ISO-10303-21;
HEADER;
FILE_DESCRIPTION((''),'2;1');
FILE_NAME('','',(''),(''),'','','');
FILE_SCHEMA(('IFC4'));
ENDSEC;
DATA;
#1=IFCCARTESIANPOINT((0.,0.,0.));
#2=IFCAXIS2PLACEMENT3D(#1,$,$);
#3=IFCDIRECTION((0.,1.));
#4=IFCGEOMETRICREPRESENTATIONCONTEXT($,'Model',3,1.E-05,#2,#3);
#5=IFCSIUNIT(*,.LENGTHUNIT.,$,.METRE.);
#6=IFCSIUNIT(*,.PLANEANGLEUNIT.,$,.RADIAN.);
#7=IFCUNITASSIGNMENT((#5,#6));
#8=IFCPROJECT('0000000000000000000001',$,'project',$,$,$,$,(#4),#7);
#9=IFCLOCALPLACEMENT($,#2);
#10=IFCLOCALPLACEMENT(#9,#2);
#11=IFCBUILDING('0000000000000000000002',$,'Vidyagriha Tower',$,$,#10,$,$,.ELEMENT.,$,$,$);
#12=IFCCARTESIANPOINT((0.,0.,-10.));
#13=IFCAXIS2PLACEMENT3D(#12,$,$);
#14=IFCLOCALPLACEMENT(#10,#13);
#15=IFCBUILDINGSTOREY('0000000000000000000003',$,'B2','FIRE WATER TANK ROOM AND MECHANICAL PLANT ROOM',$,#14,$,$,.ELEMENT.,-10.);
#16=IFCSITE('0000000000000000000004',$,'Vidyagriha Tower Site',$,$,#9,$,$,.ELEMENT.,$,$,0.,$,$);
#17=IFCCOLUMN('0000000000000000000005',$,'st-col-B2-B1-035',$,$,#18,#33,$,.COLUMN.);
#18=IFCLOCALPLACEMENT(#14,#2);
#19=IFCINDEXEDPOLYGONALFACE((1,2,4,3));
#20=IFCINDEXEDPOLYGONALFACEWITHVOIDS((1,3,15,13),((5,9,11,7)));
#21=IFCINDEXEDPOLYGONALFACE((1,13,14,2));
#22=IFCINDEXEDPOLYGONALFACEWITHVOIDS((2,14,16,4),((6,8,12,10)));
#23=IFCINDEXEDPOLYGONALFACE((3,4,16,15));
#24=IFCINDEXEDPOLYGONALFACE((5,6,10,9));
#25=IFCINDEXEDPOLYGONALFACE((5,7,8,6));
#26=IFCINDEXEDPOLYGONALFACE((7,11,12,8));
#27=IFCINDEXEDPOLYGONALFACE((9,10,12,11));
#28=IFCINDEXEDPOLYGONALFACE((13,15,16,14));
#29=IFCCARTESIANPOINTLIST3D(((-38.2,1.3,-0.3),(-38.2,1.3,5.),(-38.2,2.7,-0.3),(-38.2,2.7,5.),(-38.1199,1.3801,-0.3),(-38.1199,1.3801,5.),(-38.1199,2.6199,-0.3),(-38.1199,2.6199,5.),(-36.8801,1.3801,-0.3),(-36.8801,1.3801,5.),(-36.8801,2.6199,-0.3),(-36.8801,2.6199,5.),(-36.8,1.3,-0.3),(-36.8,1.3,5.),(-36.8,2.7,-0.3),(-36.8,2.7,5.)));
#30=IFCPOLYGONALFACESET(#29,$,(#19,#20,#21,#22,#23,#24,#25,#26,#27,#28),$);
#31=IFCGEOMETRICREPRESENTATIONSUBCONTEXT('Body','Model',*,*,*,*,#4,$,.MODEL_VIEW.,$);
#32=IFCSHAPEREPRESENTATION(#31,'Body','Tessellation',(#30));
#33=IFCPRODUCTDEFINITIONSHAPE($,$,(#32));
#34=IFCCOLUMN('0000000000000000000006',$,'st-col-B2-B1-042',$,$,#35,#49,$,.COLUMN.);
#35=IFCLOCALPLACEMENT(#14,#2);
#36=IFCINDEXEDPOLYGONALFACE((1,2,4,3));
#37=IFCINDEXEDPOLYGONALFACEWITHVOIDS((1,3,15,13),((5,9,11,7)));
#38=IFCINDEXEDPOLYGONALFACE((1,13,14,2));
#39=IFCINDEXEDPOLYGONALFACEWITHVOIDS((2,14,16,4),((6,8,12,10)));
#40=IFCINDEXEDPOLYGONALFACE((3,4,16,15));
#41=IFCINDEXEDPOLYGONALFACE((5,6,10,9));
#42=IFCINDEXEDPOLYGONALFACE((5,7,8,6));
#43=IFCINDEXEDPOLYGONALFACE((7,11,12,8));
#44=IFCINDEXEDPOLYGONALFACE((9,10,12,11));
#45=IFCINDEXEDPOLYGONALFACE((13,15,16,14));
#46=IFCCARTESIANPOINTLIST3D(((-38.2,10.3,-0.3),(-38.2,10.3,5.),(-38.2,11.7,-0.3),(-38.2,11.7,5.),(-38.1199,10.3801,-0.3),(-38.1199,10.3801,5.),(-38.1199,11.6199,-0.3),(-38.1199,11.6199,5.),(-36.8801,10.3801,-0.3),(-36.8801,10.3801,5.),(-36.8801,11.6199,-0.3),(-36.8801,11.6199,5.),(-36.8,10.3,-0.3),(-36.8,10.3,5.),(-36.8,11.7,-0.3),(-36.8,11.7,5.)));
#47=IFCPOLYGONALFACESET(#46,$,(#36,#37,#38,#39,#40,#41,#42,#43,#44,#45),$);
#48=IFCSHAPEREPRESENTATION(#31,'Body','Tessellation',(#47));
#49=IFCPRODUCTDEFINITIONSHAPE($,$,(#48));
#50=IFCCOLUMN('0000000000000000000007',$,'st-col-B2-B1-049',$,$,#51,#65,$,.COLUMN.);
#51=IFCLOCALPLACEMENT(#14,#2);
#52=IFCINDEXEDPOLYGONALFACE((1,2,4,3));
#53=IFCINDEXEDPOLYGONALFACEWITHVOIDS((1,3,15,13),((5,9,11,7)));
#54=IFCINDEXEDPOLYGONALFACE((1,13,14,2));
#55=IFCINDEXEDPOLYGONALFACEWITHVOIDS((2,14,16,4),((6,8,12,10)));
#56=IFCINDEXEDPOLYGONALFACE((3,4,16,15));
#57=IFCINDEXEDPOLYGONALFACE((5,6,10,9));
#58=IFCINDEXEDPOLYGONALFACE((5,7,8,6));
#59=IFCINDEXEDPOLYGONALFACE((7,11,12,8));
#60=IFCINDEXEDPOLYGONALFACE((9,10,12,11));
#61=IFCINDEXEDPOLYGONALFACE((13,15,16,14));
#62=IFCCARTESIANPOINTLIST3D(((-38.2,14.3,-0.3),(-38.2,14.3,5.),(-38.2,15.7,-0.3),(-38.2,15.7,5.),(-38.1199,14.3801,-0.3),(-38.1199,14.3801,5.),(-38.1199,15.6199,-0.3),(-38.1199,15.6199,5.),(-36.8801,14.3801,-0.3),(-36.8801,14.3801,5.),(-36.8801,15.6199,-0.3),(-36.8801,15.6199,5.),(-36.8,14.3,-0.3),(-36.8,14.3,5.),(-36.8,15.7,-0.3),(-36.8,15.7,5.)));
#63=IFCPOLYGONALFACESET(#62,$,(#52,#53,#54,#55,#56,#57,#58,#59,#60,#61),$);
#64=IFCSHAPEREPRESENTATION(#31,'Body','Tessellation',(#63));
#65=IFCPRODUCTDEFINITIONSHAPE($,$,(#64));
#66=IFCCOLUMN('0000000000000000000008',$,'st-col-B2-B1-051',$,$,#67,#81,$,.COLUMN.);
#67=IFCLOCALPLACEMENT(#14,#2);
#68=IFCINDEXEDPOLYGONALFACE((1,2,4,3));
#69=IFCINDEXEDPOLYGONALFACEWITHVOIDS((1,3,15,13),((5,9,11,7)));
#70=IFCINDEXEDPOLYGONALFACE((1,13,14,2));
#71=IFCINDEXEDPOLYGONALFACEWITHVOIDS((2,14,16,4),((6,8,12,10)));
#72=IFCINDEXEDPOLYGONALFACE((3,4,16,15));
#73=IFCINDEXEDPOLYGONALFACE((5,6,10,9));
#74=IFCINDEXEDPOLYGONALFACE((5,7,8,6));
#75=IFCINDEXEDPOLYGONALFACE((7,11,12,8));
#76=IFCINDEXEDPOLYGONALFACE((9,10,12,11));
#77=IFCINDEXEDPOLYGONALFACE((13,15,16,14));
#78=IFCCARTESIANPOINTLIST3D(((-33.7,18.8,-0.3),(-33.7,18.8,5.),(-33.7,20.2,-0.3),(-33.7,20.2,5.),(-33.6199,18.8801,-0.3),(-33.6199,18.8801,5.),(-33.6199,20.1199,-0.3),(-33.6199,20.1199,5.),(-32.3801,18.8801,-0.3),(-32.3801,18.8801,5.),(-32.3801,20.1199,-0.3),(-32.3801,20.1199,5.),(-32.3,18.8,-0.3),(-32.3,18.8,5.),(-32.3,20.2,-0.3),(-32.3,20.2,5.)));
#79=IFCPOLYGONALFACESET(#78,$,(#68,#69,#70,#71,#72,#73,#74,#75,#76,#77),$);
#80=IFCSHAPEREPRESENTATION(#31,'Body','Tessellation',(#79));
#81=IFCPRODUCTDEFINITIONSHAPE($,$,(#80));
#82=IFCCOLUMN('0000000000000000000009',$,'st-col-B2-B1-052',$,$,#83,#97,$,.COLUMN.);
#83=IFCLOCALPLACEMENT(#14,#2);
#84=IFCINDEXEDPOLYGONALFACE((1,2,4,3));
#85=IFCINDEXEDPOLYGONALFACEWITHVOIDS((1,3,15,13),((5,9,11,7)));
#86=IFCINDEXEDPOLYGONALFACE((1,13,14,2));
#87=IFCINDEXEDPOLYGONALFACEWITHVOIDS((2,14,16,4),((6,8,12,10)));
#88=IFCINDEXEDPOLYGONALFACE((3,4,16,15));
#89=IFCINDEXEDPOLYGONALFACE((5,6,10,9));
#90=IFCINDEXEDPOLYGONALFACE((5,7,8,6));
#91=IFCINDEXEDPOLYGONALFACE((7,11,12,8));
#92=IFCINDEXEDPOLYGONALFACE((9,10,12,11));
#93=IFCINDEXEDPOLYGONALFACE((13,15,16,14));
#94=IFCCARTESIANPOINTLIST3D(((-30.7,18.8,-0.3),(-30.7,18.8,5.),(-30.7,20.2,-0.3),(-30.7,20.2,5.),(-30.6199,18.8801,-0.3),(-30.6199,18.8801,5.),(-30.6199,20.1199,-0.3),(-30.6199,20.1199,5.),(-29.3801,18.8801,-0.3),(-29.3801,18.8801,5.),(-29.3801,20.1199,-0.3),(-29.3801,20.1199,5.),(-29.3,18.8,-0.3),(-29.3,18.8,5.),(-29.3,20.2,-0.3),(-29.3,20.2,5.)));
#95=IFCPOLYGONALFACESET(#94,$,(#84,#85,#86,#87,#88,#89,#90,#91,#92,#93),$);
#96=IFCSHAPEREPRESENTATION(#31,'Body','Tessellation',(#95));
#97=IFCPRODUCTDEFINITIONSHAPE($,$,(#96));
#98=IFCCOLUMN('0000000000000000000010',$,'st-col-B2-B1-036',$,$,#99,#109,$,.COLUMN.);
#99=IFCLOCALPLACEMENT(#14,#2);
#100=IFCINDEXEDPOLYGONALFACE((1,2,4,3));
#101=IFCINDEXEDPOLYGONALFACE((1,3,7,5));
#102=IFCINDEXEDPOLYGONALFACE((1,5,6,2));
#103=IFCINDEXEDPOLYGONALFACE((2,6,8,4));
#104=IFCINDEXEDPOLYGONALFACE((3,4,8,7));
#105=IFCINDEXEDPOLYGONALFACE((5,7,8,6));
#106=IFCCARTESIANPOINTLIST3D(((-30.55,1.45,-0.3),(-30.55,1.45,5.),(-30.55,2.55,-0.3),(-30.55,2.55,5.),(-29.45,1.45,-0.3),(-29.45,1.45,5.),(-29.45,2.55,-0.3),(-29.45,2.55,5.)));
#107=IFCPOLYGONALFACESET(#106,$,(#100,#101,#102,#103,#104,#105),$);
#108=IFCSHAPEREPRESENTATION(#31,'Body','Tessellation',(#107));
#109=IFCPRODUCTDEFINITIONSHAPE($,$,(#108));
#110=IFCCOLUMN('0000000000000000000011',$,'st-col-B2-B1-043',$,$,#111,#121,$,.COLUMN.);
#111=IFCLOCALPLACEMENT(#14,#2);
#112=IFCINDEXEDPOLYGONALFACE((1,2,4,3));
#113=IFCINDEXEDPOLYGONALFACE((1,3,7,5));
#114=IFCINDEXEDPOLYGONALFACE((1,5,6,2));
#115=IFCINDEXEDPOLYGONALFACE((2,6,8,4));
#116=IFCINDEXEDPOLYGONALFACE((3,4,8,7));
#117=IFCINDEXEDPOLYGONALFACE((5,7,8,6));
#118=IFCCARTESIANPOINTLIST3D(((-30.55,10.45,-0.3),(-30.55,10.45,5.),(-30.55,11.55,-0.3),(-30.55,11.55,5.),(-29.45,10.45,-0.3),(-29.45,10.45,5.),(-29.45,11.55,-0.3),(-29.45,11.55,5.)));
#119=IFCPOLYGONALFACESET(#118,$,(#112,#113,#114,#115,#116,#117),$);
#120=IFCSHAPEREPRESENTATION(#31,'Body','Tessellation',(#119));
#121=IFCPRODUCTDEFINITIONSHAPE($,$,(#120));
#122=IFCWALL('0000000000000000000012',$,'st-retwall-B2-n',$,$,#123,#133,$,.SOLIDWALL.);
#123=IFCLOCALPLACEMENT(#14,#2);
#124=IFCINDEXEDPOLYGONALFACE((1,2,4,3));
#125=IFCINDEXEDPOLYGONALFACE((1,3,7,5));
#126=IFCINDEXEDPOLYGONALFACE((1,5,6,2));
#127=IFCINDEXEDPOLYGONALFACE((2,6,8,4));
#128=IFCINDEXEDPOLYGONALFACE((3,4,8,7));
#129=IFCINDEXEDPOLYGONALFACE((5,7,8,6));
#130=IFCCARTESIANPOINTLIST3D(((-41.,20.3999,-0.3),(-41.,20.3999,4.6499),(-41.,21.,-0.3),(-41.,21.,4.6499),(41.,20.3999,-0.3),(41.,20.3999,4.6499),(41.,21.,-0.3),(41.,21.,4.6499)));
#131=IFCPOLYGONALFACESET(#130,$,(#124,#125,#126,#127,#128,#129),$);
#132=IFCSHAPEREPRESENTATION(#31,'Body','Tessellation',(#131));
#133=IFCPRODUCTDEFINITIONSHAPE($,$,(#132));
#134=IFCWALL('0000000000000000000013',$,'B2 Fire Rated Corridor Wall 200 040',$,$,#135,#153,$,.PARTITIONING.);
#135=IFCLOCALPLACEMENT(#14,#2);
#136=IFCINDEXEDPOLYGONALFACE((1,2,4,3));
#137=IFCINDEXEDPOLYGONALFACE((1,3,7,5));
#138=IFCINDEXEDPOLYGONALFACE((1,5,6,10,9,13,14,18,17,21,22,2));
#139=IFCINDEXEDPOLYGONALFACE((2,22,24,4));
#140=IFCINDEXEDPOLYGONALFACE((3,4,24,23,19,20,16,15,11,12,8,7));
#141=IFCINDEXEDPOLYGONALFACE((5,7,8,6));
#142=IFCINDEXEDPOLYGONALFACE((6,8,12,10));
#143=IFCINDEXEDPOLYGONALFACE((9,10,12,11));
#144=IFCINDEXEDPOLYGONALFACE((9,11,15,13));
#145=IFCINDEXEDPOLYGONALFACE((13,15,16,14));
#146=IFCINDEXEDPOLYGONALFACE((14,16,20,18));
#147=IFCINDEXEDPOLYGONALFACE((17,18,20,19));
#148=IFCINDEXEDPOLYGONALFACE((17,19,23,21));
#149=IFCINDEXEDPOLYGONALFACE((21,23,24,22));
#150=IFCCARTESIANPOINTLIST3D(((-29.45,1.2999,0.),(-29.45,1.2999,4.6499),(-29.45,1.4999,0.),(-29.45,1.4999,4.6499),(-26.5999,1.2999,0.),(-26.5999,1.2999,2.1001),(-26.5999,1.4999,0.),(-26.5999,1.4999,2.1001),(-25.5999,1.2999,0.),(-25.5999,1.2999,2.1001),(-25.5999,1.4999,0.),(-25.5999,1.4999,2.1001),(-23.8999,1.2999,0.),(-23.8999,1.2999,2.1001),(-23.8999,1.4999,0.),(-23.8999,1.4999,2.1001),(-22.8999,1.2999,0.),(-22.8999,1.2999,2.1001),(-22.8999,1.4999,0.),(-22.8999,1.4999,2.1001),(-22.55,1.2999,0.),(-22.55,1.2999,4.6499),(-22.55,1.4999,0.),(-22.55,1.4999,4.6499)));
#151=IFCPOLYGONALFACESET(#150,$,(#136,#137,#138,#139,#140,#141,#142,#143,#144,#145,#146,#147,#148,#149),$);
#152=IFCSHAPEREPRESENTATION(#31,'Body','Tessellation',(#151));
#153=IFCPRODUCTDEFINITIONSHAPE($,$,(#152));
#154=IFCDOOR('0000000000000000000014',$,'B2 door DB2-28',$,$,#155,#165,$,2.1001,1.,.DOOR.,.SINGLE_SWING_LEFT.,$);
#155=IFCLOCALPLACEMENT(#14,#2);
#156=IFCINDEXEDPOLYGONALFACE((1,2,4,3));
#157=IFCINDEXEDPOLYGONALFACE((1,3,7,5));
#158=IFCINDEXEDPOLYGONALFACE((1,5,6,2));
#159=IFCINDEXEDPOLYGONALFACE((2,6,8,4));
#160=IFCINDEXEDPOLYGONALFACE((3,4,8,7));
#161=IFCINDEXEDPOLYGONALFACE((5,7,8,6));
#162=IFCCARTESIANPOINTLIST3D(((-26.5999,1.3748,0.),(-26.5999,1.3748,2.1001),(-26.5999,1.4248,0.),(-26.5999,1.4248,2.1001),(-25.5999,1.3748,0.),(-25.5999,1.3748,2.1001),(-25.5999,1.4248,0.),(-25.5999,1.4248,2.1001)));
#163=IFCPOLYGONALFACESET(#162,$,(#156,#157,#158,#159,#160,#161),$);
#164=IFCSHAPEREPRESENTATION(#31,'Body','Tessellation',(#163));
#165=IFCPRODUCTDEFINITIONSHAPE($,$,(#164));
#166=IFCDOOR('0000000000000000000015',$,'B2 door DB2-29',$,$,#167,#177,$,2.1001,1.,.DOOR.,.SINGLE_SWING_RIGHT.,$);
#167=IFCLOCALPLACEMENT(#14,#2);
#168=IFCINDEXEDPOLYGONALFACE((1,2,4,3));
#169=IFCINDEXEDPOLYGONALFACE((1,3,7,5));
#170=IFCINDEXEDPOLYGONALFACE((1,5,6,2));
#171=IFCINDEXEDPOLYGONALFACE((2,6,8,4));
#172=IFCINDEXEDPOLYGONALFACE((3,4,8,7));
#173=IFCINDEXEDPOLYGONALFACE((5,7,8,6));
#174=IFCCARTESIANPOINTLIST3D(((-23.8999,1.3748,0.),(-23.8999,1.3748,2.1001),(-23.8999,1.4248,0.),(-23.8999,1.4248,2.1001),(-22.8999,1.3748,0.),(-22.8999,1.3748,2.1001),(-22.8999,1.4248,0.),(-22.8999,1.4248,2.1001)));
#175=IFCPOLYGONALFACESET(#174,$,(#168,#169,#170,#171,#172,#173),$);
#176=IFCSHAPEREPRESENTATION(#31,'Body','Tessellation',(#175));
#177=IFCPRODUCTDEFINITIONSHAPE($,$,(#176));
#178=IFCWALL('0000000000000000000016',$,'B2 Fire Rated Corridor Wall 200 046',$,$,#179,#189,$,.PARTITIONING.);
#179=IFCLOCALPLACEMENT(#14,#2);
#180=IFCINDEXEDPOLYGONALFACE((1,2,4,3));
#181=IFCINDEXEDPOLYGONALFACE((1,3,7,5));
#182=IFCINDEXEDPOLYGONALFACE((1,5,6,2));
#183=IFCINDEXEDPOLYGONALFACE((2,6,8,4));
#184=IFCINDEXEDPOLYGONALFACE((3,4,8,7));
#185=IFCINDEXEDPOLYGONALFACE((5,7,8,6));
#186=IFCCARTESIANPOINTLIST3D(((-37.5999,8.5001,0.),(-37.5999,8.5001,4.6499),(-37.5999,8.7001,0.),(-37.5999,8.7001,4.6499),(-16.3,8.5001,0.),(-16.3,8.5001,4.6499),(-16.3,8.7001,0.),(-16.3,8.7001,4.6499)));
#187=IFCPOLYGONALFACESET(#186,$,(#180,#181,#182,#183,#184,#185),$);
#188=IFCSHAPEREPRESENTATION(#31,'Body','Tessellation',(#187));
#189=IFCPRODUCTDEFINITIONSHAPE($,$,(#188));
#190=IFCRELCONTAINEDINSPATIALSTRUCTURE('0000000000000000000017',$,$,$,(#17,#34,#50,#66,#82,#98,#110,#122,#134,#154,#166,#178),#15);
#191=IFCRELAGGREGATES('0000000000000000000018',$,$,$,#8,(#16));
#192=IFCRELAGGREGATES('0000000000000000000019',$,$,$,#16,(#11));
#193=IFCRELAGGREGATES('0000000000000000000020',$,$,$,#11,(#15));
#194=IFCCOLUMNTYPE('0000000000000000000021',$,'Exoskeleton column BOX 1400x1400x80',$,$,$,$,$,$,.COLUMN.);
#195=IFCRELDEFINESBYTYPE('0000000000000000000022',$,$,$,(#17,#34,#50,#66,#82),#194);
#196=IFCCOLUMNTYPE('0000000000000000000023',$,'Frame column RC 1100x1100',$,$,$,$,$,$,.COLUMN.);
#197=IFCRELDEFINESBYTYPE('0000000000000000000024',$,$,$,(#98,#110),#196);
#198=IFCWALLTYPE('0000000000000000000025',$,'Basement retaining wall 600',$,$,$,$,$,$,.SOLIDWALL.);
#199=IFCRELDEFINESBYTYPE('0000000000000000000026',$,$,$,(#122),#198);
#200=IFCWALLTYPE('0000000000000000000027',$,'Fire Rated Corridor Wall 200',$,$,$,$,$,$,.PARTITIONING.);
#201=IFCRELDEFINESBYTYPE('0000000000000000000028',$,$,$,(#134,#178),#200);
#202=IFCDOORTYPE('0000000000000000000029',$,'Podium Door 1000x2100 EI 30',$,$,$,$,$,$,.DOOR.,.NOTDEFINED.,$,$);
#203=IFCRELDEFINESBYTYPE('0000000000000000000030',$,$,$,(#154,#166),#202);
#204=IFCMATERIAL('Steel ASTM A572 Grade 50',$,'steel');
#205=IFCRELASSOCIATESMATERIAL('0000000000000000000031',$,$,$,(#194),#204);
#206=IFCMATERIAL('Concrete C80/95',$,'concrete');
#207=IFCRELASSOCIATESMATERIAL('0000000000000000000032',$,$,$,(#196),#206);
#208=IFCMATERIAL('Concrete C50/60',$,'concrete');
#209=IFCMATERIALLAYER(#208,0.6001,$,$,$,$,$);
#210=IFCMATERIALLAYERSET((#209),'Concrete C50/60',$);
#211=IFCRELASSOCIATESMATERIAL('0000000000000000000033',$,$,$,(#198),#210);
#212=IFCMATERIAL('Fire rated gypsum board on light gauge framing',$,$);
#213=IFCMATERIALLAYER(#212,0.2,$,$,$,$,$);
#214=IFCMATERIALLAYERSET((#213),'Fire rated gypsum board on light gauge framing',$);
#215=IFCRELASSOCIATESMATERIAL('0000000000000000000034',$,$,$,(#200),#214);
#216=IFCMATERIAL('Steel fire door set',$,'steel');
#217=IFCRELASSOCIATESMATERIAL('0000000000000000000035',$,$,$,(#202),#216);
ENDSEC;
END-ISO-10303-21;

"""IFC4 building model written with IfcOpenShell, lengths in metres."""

from ifc_helpers import new_model, si_unit, direction, frame, frame_2d, origin, origin_2d, place, context, subcontext, project, spatial, rectangle, hollow_rectangle, extrude, material, layer, layer_set, material_profile, profile_set, type_object, element, fill, save


model = new_model("IFC4")

# Units and contexts
model_context = context("Model", 3, precision=1e-05, world=origin(), true_north=direction((0.0, 1.0)))
body_context = subcontext(model_context, "Body", "Model", "MODEL_VIEW")
ifc_project = project(units=[si_unit("LENGTHUNIT", "METRE"), si_unit("PLANEANGLEUNIT", "RADIAN")], contexts=[model_context])

# Site, building, storey
site_placement = place(None, origin())
site = spatial("IfcSite", under=ifc_project, at=site_placement, Name="Vidyagriha Tower Site", CompositionType="ELEMENT", RefElevation=0.0)
building_placement = place(site_placement, origin())
building = spatial("IfcBuilding", under=site, at=building_placement, Name="Vidyagriha Tower", CompositionType="ELEMENT")
storey_placement = place(building_placement, frame((0.0, 0.0, -10.0)))
storey = spatial("IfcBuildingStorey", under=building, at=storey_placement, Name="B2", Description="FIRE WATER TANK ROOM AND MECHANICAL PLANT ROOM", CompositionType="ELEMENT", Elevation=-10.0)

# Columns
ifc_material_1 = material(Name="Steel ASTM A572 Grade 50", Category="steel")
ifc_material_profile_1 = material_profile(ifc_material_1, hollow_rectangle(XDim=1.3999, YDim=1.3999, WallThickness=0.0801, at=origin_2d()), Name="BOX 1400x1400x80")
ifc_profile_set_1 = profile_set([ifc_material_profile_1], Name="Steel ASTM A572 Grade 50")
column_type_1 = type_object("IfcColumnType", Name="Exoskeleton column BOX 1400x1400x80", PredefinedType="COLUMN", material=ifc_profile_set_1)
for number, where, name in (
    (1, (-37.5, 2.0, -0.3), "st-col-B2-B1-035"),
    (2, (-37.5, 11.0, -0.3), "st-col-B2-B1-042"),
    (3, (-37.5, 15.0, -0.3), "st-col-B2-B1-049"),
    (4, (-33.0, 19.5, -0.3), "st-col-B2-B1-051"),
    (5, (-30.0, 19.5, -0.3), "st-col-B2-B1-052"),
):
    element("IfcColumn", number, at=place(storey_placement, frame(where)), inside=storey, type_object=column_type_1, Name=name, PredefinedType="COLUMN", context=body_context, shape_type="SweptSolid", body=[
        extrude(hollow_rectangle(XDim=1.3999, YDim=1.3999, WallThickness=0.0801, at=origin_2d()), origin(), (0.0, 0.0, 1.0), 5.3),
    ])
ifc_material_2 = material(Name="Concrete C80/95", Category="concrete")
ifc_material_profile_2 = material_profile(ifc_material_2, rectangle(XDim=1.1001, YDim=1.1001, at=origin_2d()), Name="RC 1100x1100")
ifc_profile_set_2 = profile_set([ifc_material_profile_2], Name="Concrete C80/95")
column_type_2 = type_object("IfcColumnType", Name="Frame column RC 1100x1100", PredefinedType="COLUMN", material=ifc_profile_set_2)
for number, where, name in (
    (6, (-30.0, 2.0, -0.3), "st-col-B2-B1-036"),
    (7, (-30.0, 11.0, -0.3), "st-col-B2-B1-043"),
):
    element("IfcColumn", number, at=place(storey_placement, frame(where)), inside=storey, type_object=column_type_2, Name=name, PredefinedType="COLUMN", context=body_context, shape_type="SweptSolid", body=[
        extrude(rectangle(XDim=1.1001, YDim=1.1001, at=origin_2d()), origin(), (0.0, 0.0, 1.0), 5.3),
    ])

# Wall
ifc_material_3 = material(Name="Concrete C50/60", Category="concrete")
ifc_layer_1 = layer(ifc_material_3, 0.6001)
ifc_layer_set_1 = layer_set([ifc_layer_1], Name="Concrete C50/60")
wall_type_1 = type_object("IfcWallType", Name="Basement retaining wall 600", PredefinedType="SOLIDWALL", material=ifc_layer_set_1)
wall_1_placement = place(storey_placement, frame((-41.0, 20.7, -0.3)))
element("IfcWall", 8, at=wall_1_placement, inside=storey, type_object=wall_type_1, Name="st-retwall-B2-n", PredefinedType="SOLIDWALL", context=body_context, shape_type="SweptSolid", body=[
    extrude(rectangle(XDim=82.0, YDim=0.6001, at=frame_2d((41.0, 0.0))), origin(), (0.0, 0.0, 1.0), 4.95),
])

# Wall, openings, doors
ifc_material_4 = material(Name="Fire rated gypsum board on light gauge framing")
ifc_layer_2 = layer(ifc_material_4, 0.2)
ifc_layer_set_2 = layer_set([ifc_layer_2], Name="Fire rated gypsum board on light gauge framing")
wall_type_2 = type_object("IfcWallType", Name="Fire Rated Corridor Wall 200", PredefinedType="PARTITIONING", material=ifc_layer_set_2)
wall_2_placement = place(storey_placement, frame((-29.45, 1.3999, 0.0)))
wall_2 = element("IfcWall", 9, at=wall_2_placement, inside=storey, type_object=wall_type_2, Name="B2 Fire Rated Corridor Wall 200 040", PredefinedType="PARTITIONING", context=body_context, shape_type="SweptSolid", body=[
    extrude(rectangle(XDim=6.8999, YDim=0.2, at=frame_2d((3.45, 0.0))), origin(), (0.0, 0.0, 1.0), 4.6499),
])
opening_1_placement = place(wall_2_placement, frame((2.8501, 0.0, 0.0)))
opening_1 = element("IfcOpeningElement", 10, at=opening_1_placement, cuts=wall_2, PredefinedType="OPENING", context=body_context, shape_type="SweptSolid", body=[
    extrude(rectangle(XDim=1.0, YDim=2.1001, at=frame_2d((0.5, 1.05))), frame((0.0, 0.1099, 0.0), z_axis=(0.0, -1.0, 0.0), x_axis=(1.0, 0.0, 0.0)), (0.0, 0.0, 1.0), 0.22),
])
opening_2_placement = place(wall_2_placement, frame((5.55, 0.0, 0.0)))
opening_2 = element("IfcOpeningElement", 11, at=opening_2_placement, cuts=wall_2, PredefinedType="OPENING", context=body_context, shape_type="SweptSolid", body=[
    extrude(rectangle(XDim=1.0, YDim=2.1001, at=frame_2d((0.5, 1.05))), frame((0.0, 0.1099, 0.0), z_axis=(0.0, -1.0, 0.0), x_axis=(1.0, 0.0, 0.0)), (0.0, 0.0, 1.0), 0.22),
])
ifc_material_5 = material(Name="Steel fire door set", Category="steel")
door_type_1 = type_object("IfcDoorType", Name="Podium Door 1000x2100 EI 30", OperationType="NOTDEFINED", PredefinedType="DOOR", material=ifc_material_5)
door_1_placement = place(opening_1_placement, origin())
door_1 = element("IfcDoor", 12, at=door_1_placement, inside=storey, type_object=door_type_1, Name="B2 door DB2-28", OperationType="SINGLE_SWING_LEFT", OverallHeight=2.1001, OverallWidth=1.0, PredefinedType="DOOR", context=body_context, shape_type="SweptSolid", body=[
    extrude(rectangle(XDim=1.0, YDim=2.1001, at=frame_2d((0.5, 1.05))), frame((0.0, 0.0249, 0.0), z_axis=(0.0, -1.0, 0.0), x_axis=(1.0, 0.0, 0.0)), (0.0, 0.0, 1.0), 0.05),
])
fill(opening_1, door_1)
door_2_placement = place(opening_2_placement, origin())
door_2 = element("IfcDoor", 13, at=door_2_placement, inside=storey, type_object=door_type_1, Name="B2 door DB2-29", OperationType="SINGLE_SWING_RIGHT", OverallHeight=2.1001, OverallWidth=1.0, PredefinedType="DOOR", context=body_context, shape_type="SweptSolid", body=[
    extrude(rectangle(XDim=1.0, YDim=2.1001, at=frame_2d((0.5, 1.05))), frame((0.0, 0.0249, 0.0), z_axis=(0.0, -1.0, 0.0), x_axis=(1.0, 0.0, 0.0)), (0.0, 0.0, 1.0), 0.05),
])
fill(opening_2, door_2)

# Wall
wall_3_placement = place(storey_placement, frame((-37.5999, 8.6001, 0.0)))
element("IfcWall", 14, at=wall_3_placement, inside=storey, type_object=wall_type_2, Name="B2 Fire Rated Corridor Wall 200 046", PredefinedType="PARTITIONING", context=body_context, shape_type="SweptSolid", body=[
    extrude(rectangle(XDim=21.2998, YDim=0.2, at=frame_2d((10.6499, 0.0))), origin(), (0.0, 0.0, 1.0), 4.6499),
])

save(model, "model.ifc")
